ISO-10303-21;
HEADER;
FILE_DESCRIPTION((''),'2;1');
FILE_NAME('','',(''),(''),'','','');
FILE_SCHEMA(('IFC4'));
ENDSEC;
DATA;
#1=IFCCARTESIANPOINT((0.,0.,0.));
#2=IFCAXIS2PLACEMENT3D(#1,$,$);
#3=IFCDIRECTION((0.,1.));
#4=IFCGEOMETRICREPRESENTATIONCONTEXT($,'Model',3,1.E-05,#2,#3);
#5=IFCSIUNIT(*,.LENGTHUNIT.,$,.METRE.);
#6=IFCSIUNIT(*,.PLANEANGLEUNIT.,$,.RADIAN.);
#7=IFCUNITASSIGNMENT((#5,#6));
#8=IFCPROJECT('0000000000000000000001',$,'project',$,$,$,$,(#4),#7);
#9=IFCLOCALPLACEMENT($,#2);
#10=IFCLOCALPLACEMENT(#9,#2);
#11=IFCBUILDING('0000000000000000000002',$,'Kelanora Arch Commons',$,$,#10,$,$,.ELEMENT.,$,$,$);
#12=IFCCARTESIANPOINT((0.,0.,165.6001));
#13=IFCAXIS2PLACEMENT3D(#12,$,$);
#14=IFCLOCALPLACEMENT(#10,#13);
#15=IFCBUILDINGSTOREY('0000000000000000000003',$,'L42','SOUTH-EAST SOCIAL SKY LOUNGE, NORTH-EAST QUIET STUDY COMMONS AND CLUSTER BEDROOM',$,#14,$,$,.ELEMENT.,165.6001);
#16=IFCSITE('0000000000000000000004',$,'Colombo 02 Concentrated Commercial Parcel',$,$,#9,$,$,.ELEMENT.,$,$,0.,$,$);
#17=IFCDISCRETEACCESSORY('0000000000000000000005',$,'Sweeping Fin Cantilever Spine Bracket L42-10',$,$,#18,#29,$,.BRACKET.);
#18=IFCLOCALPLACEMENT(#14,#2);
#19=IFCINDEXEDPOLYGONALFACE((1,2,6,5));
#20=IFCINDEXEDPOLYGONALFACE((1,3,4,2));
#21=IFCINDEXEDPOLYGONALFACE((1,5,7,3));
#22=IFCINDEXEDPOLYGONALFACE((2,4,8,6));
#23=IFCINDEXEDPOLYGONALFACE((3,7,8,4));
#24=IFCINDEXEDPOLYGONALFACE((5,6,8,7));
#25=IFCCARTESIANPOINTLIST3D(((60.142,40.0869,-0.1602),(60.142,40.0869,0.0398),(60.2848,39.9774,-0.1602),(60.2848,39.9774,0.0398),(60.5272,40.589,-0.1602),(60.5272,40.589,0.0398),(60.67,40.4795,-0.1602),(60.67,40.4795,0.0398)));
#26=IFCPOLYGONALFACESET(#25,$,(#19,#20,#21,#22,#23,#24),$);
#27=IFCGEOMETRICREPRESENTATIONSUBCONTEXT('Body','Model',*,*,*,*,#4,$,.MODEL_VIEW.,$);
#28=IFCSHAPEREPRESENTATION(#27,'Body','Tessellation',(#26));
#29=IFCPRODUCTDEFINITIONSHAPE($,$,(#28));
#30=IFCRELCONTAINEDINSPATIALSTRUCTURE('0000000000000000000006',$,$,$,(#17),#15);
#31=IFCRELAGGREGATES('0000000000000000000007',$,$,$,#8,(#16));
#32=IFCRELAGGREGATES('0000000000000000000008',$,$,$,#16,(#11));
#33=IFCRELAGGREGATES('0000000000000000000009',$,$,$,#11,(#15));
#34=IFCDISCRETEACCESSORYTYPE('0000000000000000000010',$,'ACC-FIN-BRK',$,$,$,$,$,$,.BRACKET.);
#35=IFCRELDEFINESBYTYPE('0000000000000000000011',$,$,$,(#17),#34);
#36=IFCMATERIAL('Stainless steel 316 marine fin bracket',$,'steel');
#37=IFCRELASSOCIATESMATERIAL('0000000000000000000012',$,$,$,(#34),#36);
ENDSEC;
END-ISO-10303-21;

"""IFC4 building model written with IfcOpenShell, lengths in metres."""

from ifc_helpers import new_model, si_unit, direction, frame, origin, origin_2d, place, context, subcontext, project, spatial, rectangle, extrude, source, transform, mapped, material, type_object, element, save


model = new_model("IFC4")

# Units and contexts
model_context = context("Model", 3, precision=1e-05, world=origin(), true_north=direction((0.0, 1.0)))
body_context = subcontext(model_context, "Body", "Model", "MODEL_VIEW")
ifc_project = project(units=[si_unit("LENGTHUNIT", "METRE"), si_unit("PLANEANGLEUNIT", "RADIAN")], contexts=[model_context])

# Site, building, storey
site_placement = place(None, origin())
site = spatial("IfcSite", under=ifc_project, at=site_placement, Name="Colombo 02 Concentrated Commercial Parcel", CompositionType="ELEMENT", RefElevation=0.0)
building_placement = place(site_placement, origin())
building = spatial("IfcBuilding", under=site, at=building_placement, Name="Kelanora Arch Commons", CompositionType="ELEMENT")
storey_placement = place(building_placement, frame((0.0, 0.0, 165.6001)))
storey = spatial("IfcBuildingStorey", under=building, at=storey_placement, Name="L42", Description="SOUTH-EAST SOCIAL SKY LOUNGE, NORTH-EAST QUIET STUDY COMMONS AND CLUSTER BEDROOM", CompositionType="ELEMENT", Elevation=165.6001)

# Discrete accessory
ifc_material_1 = material(Name="Stainless steel 316 marine fin bracket", Category="steel")
discrete_accessory_type = type_object("IfcDiscreteAccessoryType", Name="ACC-FIN-BRK", PredefinedType="BRACKET", material=ifc_material_1)
shared_shape_1 = source(origin(), body_context, "Body", "SweptSolid", [
    extrude(rectangle(XDim=0.6328, YDim=0.1799, at=origin_2d()), origin(), (0.0, 0.0, 1.0), 0.2),
])
discrete_accessory_placement = place(storey_placement, frame((60.406, 40.2832, -0.1602), z_axis=(0.0, 0.0, 1.0), x_axis=(-0.608761, -0.793353, 0.0)))
element("IfcDiscreteAccessory", 1, at=discrete_accessory_placement, inside=storey, type_object=discrete_accessory_type, Name="Sweeping Fin Cantilever Spine Bracket L42-10", PredefinedType="BRACKET", context=body_context, shape_type="MappedRepresentation", body=[
    mapped(shared_shape_1, transform((0.0, 0.0, 0.0), scale=1.0)),
])

save(model, "model.ifc")
